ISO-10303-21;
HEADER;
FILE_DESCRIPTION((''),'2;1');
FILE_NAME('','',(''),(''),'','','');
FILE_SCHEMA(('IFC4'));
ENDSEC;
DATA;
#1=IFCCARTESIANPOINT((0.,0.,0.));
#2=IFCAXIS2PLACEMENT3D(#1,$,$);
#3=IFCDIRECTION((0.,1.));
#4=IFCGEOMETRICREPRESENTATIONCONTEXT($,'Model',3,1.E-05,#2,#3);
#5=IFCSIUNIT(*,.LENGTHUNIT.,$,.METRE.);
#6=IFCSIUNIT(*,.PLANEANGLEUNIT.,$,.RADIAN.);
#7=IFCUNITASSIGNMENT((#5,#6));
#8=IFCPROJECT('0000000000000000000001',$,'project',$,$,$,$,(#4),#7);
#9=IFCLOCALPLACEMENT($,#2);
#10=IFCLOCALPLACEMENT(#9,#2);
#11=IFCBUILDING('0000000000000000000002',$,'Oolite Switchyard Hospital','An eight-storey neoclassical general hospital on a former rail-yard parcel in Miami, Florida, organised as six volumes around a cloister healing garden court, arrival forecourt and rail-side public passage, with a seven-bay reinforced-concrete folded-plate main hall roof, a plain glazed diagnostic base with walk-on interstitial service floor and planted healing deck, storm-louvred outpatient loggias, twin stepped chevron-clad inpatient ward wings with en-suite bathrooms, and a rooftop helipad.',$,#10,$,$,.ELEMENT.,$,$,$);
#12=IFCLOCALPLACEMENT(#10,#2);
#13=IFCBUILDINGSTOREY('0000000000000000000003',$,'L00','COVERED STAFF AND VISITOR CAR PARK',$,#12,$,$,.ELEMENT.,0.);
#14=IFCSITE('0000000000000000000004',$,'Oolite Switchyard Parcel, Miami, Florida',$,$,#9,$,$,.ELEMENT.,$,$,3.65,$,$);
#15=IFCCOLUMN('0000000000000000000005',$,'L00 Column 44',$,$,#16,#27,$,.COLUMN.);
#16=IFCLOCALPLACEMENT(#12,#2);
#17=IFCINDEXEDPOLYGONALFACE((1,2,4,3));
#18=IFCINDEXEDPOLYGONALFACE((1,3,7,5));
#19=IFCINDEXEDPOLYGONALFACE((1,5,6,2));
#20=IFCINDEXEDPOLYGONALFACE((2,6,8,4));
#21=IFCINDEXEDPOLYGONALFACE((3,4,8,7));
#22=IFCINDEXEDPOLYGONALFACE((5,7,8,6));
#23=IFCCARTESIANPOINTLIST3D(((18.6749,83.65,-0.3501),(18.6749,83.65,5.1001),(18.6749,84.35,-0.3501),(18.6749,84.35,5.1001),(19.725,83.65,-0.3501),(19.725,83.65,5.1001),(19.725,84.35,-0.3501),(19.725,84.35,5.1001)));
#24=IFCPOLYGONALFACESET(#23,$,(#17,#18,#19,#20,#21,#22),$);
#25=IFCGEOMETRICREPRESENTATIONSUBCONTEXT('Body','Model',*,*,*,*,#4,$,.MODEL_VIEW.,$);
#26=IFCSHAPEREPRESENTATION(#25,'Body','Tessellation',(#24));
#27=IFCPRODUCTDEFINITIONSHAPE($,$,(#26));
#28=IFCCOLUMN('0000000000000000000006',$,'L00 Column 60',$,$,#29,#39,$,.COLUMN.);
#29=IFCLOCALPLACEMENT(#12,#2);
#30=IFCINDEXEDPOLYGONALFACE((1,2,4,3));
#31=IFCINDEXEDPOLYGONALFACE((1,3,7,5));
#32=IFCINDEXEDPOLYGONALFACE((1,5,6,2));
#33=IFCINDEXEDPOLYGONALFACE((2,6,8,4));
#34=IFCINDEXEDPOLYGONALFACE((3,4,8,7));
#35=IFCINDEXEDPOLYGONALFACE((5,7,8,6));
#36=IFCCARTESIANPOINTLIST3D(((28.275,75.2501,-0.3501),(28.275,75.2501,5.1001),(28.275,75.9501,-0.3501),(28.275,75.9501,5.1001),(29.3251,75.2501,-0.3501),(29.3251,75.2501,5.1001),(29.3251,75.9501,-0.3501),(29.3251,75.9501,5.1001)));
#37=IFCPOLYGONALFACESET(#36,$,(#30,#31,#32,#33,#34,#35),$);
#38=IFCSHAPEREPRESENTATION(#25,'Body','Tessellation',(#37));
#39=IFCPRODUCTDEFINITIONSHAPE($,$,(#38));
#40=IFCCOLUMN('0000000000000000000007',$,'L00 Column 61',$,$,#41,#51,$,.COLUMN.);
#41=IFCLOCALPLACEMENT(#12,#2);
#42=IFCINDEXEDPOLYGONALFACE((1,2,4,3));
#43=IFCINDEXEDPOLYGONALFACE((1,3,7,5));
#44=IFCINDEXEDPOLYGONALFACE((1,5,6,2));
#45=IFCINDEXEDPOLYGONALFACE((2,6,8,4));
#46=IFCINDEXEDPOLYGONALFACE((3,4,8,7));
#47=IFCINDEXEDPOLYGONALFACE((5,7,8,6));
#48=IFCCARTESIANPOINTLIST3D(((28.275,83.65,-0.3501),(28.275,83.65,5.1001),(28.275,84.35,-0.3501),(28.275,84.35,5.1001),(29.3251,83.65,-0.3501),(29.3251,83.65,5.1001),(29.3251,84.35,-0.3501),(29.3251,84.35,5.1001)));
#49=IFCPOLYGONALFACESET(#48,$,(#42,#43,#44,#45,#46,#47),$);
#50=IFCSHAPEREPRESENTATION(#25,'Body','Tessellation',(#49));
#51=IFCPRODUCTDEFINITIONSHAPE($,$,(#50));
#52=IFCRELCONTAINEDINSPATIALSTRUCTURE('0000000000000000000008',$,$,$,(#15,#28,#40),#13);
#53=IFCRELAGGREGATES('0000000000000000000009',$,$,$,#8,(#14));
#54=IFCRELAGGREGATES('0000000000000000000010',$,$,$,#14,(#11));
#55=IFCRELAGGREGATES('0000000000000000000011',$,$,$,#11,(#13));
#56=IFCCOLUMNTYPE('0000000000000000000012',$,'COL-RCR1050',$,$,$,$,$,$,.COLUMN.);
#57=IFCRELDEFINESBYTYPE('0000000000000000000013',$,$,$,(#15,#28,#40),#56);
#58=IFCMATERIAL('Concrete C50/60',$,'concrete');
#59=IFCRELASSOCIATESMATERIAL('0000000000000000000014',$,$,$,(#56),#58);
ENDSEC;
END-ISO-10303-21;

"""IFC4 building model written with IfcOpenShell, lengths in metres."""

from ifc_helpers import new_model, si_unit, direction, frame, origin, origin_2d, place, context, subcontext, project, spatial, rectangle, extrude, material, material_profile, profile_set, type_object, element, save


model = new_model("IFC4")

# Units and contexts
model_context = context("Model", 3, precision=1e-05, world=origin(), true_north=direction((0.0, 1.0)))
body_context = subcontext(model_context, "Body", "Model", "MODEL_VIEW")
ifc_project = project(units=[si_unit("LENGTHUNIT", "METRE"), si_unit("PLANEANGLEUNIT", "RADIAN")], contexts=[model_context])

# Site, building, storey
site_placement = place(None, origin())
site = spatial("IfcSite", under=ifc_project, at=site_placement, Name="Oolite Switchyard Parcel, Miami, Florida", CompositionType="ELEMENT", RefElevation=3.65)
building_placement = place(site_placement, origin())
building = spatial("IfcBuilding", under=site, at=building_placement, Name="Oolite Switchyard Hospital", Description="An eight-storey neoclassical general hospital on a former rail-yard parcel in Miami, Florida, organised as six volumes around a cloister healing garden court, arrival forecourt and rail-side public passage, with a seven-bay reinforced-concrete folded-plate main hall roof, a plain glazed diagnostic base with walk-on interstitial service floor and planted healing deck, storm-louvred outpatient loggias, twin stepped chevron-clad inpatient ward wings with en-suite bathrooms, and a rooftop helipad.", CompositionType="ELEMENT")
storey_placement = place(building_placement, origin())
storey = spatial("IfcBuildingStorey", under=building, at=storey_placement, Name="L00", Description="COVERED STAFF AND VISITOR CAR PARK", CompositionType="ELEMENT", Elevation=0.0)

# Columns
ifc_material_1 = material(Name="Concrete C50/60", Category="concrete")
ifc_material_profile_1 = material_profile(ifc_material_1, rectangle(XDim=1.05, YDim=0.7, at=origin_2d()), Name="RC1050X700")
ifc_profile_set_1 = profile_set([ifc_material_profile_1], Name="Concrete C50/60")
column_type = type_object("IfcColumnType", Name="COL-RCR1050", PredefinedType="COLUMN", material=ifc_profile_set_1)
for number, where, z_axis, x_axis, name in (
    (1, (19.2, 84.0, -0.3501), (0.0, 0.0, 1.0), (1.0, 0.0, 0.0), "L00 Column 44"),
    (2, (28.8, 75.6001, -0.3501), (0.0, 0.0, 1.0), (1.0, 0.0, 0.0), "L00 Column 60"),
    (3, (28.8, 84.0, -0.3501), (0.0, 0.0, 1.0), (1.0, 0.0, 0.0), "L00 Column 61"),
):
    element("IfcColumn", number, at=place(storey_placement, frame(where, z_axis=z_axis, x_axis=x_axis)), inside=storey, type_object=column_type, Name=name, PredefinedType="COLUMN", context=body_context, shape_type="SweptSolid", body=[
        extrude(rectangle(XDim=1.05, YDim=0.7, at=origin_2d()), origin(), (0.0, 0.0, 1.0), 5.4502),
    ])

save(model, "model.ifc")
